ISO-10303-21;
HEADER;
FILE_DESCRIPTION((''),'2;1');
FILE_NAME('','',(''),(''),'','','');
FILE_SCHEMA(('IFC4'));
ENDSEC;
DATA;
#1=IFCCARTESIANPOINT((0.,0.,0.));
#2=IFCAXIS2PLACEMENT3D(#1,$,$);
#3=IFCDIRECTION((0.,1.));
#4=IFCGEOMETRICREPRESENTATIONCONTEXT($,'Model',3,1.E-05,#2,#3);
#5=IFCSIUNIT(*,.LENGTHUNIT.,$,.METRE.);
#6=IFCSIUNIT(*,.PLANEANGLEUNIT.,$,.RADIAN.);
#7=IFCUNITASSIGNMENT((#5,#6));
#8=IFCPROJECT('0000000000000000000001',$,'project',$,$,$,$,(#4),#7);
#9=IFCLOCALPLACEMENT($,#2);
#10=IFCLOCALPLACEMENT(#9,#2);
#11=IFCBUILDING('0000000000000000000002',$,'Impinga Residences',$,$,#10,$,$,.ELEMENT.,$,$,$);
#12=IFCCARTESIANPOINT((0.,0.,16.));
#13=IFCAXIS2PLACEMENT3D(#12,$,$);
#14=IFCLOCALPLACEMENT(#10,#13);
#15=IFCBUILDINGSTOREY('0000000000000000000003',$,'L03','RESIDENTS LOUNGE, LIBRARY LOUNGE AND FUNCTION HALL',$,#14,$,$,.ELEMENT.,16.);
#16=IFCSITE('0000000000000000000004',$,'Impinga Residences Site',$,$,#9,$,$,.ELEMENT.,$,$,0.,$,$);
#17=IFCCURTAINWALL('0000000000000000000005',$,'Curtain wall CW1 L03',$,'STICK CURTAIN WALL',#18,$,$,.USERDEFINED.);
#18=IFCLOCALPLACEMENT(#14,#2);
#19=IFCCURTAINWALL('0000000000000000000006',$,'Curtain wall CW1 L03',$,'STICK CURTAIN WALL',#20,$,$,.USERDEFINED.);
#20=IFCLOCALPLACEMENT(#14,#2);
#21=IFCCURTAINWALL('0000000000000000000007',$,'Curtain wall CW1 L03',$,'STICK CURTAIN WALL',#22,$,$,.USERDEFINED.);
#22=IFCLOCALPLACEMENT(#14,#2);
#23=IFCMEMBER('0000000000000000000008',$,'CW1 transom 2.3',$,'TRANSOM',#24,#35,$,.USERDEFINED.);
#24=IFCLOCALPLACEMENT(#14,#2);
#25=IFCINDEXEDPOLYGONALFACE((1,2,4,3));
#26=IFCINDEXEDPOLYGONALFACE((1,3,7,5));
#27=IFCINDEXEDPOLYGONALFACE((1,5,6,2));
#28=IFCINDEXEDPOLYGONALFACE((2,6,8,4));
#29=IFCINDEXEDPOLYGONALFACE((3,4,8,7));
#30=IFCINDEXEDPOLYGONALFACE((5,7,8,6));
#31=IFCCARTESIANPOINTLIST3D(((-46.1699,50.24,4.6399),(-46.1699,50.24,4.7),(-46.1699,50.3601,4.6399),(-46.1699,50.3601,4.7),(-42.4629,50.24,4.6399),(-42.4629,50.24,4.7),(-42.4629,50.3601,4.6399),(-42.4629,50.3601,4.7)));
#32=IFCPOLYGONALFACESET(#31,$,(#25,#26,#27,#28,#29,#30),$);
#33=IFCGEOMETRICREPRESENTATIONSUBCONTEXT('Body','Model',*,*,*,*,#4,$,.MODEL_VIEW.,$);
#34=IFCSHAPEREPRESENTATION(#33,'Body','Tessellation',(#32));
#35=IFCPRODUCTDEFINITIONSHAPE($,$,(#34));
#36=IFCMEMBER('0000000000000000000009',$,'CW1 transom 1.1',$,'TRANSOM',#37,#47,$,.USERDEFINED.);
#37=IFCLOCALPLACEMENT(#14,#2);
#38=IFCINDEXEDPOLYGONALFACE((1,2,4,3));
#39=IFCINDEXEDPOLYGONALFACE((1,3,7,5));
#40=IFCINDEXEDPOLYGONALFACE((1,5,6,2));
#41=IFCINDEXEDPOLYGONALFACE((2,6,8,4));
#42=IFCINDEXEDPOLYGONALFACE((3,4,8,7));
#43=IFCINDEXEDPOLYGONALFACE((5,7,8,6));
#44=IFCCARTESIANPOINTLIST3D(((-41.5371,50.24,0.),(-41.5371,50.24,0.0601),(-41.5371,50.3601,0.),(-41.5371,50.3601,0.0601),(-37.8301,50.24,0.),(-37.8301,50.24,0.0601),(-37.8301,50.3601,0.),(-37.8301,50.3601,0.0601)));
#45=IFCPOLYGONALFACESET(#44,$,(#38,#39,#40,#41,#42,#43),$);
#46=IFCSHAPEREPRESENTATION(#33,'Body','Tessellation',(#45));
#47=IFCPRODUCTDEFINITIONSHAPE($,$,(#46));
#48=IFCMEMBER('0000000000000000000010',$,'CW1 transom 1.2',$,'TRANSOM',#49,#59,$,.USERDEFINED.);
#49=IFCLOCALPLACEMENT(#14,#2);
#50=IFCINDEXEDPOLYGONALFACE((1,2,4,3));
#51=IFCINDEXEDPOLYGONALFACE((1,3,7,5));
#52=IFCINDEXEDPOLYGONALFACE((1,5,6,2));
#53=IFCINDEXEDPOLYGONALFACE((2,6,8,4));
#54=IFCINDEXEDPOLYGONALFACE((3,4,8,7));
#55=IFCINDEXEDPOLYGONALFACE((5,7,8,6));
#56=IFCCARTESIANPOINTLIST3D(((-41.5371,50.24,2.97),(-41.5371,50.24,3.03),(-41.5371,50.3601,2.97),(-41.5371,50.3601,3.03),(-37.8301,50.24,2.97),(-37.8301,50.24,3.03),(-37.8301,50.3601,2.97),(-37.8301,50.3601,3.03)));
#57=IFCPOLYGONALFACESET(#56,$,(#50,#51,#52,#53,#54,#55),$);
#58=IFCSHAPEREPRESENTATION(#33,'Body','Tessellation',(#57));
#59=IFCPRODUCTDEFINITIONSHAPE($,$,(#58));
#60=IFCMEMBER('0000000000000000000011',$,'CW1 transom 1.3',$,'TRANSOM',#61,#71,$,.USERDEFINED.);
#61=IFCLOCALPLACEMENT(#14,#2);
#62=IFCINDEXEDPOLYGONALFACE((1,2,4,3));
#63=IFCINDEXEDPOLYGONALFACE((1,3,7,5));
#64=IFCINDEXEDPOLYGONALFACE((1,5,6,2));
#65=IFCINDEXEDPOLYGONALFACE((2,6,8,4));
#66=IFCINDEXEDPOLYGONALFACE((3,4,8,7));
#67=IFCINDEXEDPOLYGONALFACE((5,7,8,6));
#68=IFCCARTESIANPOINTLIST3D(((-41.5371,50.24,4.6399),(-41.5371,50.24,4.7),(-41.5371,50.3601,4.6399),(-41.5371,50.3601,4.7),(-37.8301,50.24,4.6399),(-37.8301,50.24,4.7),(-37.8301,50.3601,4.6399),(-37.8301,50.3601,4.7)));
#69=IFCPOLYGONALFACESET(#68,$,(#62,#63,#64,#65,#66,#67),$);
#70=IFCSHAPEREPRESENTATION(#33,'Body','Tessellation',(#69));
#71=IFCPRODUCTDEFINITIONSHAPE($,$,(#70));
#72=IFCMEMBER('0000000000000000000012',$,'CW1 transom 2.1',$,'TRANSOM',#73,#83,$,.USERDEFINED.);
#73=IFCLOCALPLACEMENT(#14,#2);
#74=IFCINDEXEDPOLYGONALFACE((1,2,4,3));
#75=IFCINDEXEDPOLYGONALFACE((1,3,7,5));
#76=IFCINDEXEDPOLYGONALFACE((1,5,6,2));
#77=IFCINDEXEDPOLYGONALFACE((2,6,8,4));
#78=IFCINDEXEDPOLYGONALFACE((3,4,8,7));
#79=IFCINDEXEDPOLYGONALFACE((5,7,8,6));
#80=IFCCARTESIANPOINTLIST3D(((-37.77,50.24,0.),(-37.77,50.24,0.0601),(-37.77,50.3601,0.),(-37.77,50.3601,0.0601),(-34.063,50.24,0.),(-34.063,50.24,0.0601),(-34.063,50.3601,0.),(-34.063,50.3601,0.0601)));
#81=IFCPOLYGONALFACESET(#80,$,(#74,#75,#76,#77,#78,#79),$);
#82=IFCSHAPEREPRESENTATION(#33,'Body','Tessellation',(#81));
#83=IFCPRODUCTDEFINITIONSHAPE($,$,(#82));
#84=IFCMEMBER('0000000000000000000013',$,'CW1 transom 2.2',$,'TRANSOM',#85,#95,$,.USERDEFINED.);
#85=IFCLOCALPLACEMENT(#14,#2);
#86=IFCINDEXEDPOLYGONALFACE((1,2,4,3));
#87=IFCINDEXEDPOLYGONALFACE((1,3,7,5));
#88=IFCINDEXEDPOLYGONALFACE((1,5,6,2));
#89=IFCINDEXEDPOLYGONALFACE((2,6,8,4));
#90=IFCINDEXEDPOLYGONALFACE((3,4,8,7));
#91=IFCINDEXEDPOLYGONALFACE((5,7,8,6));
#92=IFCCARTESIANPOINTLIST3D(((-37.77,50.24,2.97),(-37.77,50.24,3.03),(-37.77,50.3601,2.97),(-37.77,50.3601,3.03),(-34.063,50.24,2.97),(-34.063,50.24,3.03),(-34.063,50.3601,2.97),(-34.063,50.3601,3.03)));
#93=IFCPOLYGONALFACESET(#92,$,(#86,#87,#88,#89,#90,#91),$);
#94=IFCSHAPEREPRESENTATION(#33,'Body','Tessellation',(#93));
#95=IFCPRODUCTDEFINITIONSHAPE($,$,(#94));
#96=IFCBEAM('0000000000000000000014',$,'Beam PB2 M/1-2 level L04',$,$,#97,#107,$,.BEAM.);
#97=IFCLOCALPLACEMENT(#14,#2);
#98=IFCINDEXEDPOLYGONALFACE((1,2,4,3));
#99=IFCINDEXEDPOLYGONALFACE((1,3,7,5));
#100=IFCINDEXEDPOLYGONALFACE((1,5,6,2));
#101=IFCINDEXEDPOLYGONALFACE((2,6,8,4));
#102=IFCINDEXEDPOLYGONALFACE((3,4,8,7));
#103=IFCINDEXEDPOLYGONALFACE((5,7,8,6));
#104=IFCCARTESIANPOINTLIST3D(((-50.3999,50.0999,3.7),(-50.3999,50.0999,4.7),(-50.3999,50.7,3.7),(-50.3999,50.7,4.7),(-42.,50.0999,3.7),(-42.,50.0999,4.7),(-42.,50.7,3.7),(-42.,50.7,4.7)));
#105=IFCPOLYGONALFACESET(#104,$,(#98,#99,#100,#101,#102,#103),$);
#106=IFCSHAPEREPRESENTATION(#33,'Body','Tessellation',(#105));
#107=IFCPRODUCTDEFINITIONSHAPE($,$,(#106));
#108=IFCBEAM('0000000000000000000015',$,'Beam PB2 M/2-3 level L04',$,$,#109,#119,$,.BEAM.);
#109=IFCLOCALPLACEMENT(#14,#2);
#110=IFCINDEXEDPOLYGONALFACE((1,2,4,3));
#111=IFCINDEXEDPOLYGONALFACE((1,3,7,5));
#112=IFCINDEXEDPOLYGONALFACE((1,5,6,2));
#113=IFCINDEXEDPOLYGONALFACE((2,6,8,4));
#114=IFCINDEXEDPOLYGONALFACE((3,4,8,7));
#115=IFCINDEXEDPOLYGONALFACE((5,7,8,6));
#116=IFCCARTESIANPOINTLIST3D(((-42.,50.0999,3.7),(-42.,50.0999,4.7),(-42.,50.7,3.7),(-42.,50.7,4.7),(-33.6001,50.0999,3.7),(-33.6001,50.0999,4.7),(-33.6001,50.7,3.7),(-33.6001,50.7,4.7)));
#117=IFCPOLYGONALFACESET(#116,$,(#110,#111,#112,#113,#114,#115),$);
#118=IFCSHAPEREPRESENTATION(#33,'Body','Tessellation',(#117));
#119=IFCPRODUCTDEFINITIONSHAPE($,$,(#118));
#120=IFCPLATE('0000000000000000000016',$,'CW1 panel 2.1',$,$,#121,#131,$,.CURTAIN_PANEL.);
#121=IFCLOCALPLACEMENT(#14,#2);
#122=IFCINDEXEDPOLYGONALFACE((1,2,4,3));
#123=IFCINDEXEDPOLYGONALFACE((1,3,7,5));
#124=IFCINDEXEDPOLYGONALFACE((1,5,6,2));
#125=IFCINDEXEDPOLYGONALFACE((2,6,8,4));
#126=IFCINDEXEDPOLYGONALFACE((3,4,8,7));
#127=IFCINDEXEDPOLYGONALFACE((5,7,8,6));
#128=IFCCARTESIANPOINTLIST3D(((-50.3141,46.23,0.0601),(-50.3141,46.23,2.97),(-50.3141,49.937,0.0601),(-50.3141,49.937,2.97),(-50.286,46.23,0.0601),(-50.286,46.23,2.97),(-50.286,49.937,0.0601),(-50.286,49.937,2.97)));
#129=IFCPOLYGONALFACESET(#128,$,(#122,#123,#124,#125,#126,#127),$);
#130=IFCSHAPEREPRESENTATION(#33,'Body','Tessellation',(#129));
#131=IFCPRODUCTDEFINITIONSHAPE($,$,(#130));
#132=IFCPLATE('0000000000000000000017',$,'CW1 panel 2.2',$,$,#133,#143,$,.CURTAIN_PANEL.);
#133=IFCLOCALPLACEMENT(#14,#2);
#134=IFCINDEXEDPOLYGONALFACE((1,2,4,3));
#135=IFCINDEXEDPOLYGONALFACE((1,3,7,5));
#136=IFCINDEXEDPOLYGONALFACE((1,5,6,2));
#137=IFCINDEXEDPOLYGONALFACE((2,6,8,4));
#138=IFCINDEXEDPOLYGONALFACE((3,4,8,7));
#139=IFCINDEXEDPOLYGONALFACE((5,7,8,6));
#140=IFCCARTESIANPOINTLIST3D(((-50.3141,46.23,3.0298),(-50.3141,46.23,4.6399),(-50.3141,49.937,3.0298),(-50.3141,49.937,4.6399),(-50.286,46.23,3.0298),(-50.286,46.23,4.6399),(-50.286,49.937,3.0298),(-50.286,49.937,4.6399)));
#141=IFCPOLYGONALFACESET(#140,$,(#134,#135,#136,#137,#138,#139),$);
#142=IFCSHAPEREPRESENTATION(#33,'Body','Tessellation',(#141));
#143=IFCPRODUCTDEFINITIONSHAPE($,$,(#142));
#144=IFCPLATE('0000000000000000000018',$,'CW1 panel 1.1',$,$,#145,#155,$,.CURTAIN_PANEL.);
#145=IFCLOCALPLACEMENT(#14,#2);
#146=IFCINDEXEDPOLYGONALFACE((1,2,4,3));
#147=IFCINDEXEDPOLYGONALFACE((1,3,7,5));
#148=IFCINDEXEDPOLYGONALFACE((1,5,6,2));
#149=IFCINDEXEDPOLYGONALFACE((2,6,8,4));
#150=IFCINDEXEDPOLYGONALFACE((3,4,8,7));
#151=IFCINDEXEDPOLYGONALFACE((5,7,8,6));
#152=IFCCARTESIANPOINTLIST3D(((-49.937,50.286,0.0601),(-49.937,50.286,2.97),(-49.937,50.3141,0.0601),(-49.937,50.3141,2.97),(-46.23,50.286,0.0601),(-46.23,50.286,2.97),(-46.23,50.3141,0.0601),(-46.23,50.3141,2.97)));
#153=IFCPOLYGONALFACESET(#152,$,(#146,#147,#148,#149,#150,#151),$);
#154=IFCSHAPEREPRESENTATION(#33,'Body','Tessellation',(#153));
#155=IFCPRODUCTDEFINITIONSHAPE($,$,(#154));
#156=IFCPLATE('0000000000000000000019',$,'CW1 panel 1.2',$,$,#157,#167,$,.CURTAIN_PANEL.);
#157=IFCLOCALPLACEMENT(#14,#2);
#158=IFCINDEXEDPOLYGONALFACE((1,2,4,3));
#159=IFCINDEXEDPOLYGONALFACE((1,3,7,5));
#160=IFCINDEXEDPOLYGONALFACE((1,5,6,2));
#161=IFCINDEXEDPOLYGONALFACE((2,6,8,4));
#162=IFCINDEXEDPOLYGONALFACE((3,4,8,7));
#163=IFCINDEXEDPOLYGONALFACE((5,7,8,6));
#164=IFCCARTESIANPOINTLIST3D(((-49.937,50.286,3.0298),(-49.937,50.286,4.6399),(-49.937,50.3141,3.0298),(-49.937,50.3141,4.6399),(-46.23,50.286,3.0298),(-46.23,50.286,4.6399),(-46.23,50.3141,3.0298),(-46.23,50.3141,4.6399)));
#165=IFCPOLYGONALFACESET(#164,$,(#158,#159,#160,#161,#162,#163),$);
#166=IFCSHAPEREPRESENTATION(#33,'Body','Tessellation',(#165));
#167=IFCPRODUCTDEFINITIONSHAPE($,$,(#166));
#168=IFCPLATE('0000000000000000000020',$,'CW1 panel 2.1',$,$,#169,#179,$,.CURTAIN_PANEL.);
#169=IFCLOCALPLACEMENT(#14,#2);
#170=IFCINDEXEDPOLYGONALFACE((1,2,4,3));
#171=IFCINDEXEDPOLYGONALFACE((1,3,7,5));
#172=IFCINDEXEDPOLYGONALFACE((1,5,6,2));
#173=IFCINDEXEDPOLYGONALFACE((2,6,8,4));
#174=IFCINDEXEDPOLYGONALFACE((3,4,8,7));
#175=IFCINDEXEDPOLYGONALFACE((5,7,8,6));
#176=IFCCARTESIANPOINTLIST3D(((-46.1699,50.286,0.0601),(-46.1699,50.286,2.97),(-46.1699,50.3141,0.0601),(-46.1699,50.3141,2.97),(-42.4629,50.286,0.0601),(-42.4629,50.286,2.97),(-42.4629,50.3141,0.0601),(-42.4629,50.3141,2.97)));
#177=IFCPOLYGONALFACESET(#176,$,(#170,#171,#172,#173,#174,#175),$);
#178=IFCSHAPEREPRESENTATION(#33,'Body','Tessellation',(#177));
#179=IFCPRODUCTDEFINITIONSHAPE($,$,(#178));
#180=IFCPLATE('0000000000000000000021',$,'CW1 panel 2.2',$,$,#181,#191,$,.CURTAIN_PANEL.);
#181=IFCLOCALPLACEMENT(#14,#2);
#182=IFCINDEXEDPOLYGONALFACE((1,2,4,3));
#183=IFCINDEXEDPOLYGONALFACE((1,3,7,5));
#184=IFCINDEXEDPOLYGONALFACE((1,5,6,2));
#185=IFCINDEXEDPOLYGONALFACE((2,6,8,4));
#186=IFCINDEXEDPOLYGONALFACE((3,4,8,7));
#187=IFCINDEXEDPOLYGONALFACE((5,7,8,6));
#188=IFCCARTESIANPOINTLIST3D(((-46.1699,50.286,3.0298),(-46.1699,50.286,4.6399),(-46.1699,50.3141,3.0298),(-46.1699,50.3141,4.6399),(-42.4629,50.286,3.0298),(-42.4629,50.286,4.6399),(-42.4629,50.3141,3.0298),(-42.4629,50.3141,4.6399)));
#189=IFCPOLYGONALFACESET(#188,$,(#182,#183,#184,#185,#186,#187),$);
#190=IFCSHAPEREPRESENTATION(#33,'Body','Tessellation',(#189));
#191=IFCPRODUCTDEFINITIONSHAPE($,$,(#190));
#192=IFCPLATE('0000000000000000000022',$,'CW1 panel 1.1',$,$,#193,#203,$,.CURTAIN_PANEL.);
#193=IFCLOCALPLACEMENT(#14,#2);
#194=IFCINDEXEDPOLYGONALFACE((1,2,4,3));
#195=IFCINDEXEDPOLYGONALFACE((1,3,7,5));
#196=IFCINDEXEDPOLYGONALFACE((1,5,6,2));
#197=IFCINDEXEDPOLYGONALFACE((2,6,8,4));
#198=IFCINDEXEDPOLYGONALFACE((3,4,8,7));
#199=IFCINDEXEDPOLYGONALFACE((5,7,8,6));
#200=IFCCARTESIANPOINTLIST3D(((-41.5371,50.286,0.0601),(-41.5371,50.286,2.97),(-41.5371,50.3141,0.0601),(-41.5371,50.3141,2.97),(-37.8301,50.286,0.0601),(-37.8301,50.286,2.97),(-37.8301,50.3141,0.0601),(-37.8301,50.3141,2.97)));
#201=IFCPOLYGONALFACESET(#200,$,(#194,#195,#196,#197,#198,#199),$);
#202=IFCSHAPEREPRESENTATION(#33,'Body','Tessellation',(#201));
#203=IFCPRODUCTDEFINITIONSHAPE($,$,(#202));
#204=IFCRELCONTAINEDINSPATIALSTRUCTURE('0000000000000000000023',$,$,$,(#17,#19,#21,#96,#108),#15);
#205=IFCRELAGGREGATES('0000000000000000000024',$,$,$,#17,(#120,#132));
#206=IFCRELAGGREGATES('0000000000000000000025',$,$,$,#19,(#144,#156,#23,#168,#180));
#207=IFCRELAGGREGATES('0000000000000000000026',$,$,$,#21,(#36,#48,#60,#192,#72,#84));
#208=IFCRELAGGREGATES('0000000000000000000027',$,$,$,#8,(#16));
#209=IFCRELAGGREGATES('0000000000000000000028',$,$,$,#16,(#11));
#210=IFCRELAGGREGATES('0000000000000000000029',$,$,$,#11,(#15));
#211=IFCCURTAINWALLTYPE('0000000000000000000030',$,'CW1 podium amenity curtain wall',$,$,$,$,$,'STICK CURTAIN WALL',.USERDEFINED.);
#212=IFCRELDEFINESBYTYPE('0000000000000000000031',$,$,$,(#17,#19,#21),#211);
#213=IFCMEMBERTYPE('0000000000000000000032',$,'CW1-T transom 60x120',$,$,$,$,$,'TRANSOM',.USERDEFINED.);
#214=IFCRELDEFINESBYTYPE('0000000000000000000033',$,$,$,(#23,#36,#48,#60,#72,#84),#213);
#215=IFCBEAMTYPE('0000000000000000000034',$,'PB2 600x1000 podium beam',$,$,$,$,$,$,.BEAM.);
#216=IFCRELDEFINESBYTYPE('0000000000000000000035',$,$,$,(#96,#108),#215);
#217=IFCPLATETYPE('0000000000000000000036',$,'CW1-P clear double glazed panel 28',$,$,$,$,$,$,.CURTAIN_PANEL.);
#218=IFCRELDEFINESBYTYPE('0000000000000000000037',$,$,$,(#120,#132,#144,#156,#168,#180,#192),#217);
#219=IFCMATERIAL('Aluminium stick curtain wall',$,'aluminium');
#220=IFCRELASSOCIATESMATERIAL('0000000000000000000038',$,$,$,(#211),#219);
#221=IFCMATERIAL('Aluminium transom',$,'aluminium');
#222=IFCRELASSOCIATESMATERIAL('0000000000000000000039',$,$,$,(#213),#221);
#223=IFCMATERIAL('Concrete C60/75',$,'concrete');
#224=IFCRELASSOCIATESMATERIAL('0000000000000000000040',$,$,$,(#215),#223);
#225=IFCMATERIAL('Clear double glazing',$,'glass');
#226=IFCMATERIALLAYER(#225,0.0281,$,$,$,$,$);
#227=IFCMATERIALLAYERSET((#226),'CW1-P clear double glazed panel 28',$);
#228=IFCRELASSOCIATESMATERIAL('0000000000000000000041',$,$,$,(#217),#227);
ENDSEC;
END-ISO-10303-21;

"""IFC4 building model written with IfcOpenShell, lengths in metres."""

from ifc_helpers import new_model, si_unit, direction, frame, origin, origin_2d, place, context, subcontext, project, spatial, rectangle, extrude, material, layer, layer_set, material_profile, profile_set, type_object, element, aggregate, save


model = new_model("IFC4")

# Units and contexts
model_context = context("Model", 3, precision=1e-05, world=origin(), true_north=direction((0.0, 1.0)))
body_context = subcontext(model_context, "Body", "Model", "MODEL_VIEW")
ifc_project = project(units=[si_unit("LENGTHUNIT", "METRE"), si_unit("PLANEANGLEUNIT", "RADIAN")], contexts=[model_context])

# Site, building, storey
site_placement = place(None, origin())
site = spatial("IfcSite", under=ifc_project, at=site_placement, Name="Impinga Residences Site", CompositionType="ELEMENT", RefElevation=0.0)
building_placement = place(site_placement, origin())
building = spatial("IfcBuilding", under=site, at=building_placement, Name="Impinga Residences", CompositionType="ELEMENT")
storey_placement = place(building_placement, frame((0.0, 0.0, 16.0)))
storey = spatial("IfcBuildingStorey", under=building, at=storey_placement, Name="L03", Description="RESIDENTS LOUNGE, LIBRARY LOUNGE AND FUNCTION HALL", CompositionType="ELEMENT", Elevation=16.0)

# Curtain wall
ifc_material_1 = material(Name="Aluminium stick curtain wall", Category="aluminium")
curtain_wall_type = type_object("IfcCurtainWallType", Name="CW1 podium amenity curtain wall", ElementType="STICK CURTAIN WALL", PredefinedType="USERDEFINED", material=ifc_material_1)
curtain_wall_1_placement = place(storey_placement, origin())
curtain_wall_1 = element("IfcCurtainWall", 1, at=curtain_wall_1_placement, inside=storey, type_object=curtain_wall_type, Name="Curtain wall CW1 L03", ObjectType="STICK CURTAIN WALL", PredefinedType="USERDEFINED")

# Curtain walls
curtain_wall_2_placement = place(storey_placement, origin())
curtain_wall_2 = element("IfcCurtainWall", 2, at=curtain_wall_2_placement, inside=storey, type_object=curtain_wall_type, Name="Curtain wall CW1 L03", ObjectType="STICK CURTAIN WALL", PredefinedType="USERDEFINED")
curtain_wall_3_placement = place(storey_placement, origin())
curtain_wall_3 = element("IfcCurtainWall", 3, at=curtain_wall_3_placement, inside=storey, type_object=curtain_wall_type, Name="Curtain wall CW1 L03", ObjectType="STICK CURTAIN WALL", PredefinedType="USERDEFINED")

# Members
ifc_material_2 = material(Name="Aluminium transom", Category="aluminium")
ifc_material_profile_1 = material_profile(ifc_material_2, rectangle(XDim=0.0601, YDim=0.1201, at=origin_2d()), Name="60x120 transom")
ifc_profile_set_1 = profile_set([ifc_material_profile_1], Name="Aluminium transom")
member_type_1 = type_object("IfcMemberType", Name="CW1-T transom 60x120", ElementType="TRANSOM", PredefinedType="USERDEFINED", material=ifc_profile_set_1)
member_1_placement = place(storey_placement, frame((-46.1699, 50.3, 4.6699), z_axis=(1.0, 0.0, 0.0), x_axis=(0.0, 0.0, 1.0)))
member_1 = element("IfcMember", 4, at=member_1_placement, type_object=member_type_1, Name="CW1 transom 2.3", ObjectType="TRANSOM", PredefinedType="USERDEFINED", context=body_context, shape_type="SweptSolid", body=[
    extrude(rectangle(XDim=0.0601, YDim=0.1201, at=origin_2d()), origin(), (0.0, 0.0, 1.0), 3.707),
])
member_2_placement = place(storey_placement, frame((-41.5371, 50.3, 0.03), z_axis=(1.0, 0.0, 0.0), x_axis=(0.0, 0.0, 1.0)))
member_2 = element("IfcMember", 5, at=member_2_placement, type_object=member_type_1, Name="CW1 transom 1.1", ObjectType="TRANSOM", PredefinedType="USERDEFINED", context=body_context, shape_type="SweptSolid", body=[
    extrude(rectangle(XDim=0.0601, YDim=0.1201, at=origin_2d()), origin(), (0.0, 0.0, 1.0), 3.707),
])
member_3_placement = place(storey_placement, frame((-41.5371, 50.3, 3.0), z_axis=(1.0, 0.0, 0.0), x_axis=(0.0, 0.0, 1.0)))
member_3 = element("IfcMember", 6, at=member_3_placement, type_object=member_type_1, Name="CW1 transom 1.2", ObjectType="TRANSOM", PredefinedType="USERDEFINED", context=body_context, shape_type="SweptSolid", body=[
    extrude(rectangle(XDim=0.0601, YDim=0.1201, at=origin_2d()), origin(), (0.0, 0.0, 1.0), 3.707),
])
member_4_placement = place(storey_placement, frame((-41.5371, 50.3, 4.6699), z_axis=(1.0, 0.0, 0.0), x_axis=(0.0, 0.0, 1.0)))
member_4 = element("IfcMember", 7, at=member_4_placement, type_object=member_type_1, Name="CW1 transom 1.3", ObjectType="TRANSOM", PredefinedType="USERDEFINED", context=body_context, shape_type="SweptSolid", body=[
    extrude(rectangle(XDim=0.0601, YDim=0.1201, at=origin_2d()), origin(), (0.0, 0.0, 1.0), 3.707),
])
member_5_placement = place(storey_placement, frame((-37.77, 50.3, 0.03), z_axis=(1.0, 0.0, 0.0), x_axis=(0.0, 0.0, 1.0)))
member_5 = element("IfcMember", 8, at=member_5_placement, type_object=member_type_1, Name="CW1 transom 2.1", ObjectType="TRANSOM", PredefinedType="USERDEFINED", context=body_context, shape_type="SweptSolid", body=[
    extrude(rectangle(XDim=0.0601, YDim=0.1201, at=origin_2d()), origin(), (0.0, 0.0, 1.0), 3.707),
])
member_6_placement = place(storey_placement, frame((-37.77, 50.3, 3.0), z_axis=(1.0, 0.0, 0.0), x_axis=(0.0, 0.0, 1.0)))
member_6 = element("IfcMember", 9, at=member_6_placement, type_object=member_type_1, Name="CW1 transom 2.2", ObjectType="TRANSOM", PredefinedType="USERDEFINED", context=body_context, shape_type="SweptSolid", body=[
    extrude(rectangle(XDim=0.0601, YDim=0.1201, at=origin_2d()), origin(), (0.0, 0.0, 1.0), 3.707),
])

# Beams
ifc_material_3 = material(Name="Concrete C60/75", Category="concrete")
ifc_material_profile_2 = material_profile(ifc_material_3, rectangle(XDim=0.6001, YDim=1.0, at=origin_2d()), Name="RC 600x1000")
ifc_profile_set_2 = profile_set([ifc_material_profile_2], Name="Concrete C60/75")
beam_type = type_object("IfcBeamType", Name="PB2 600x1000 podium beam", PredefinedType="BEAM", material=ifc_profile_set_2)
for number, where, z_axis, x_axis, name in (
    (10, (-50.3999, 50.3999, 4.2), (1.0, 0.0, 0.0), (0.0, 1.0, 0.0), "Beam PB2 M/1-2 level L04"),
    (11, (-42.0, 50.3999, 4.2), (1.0, 0.0, 0.0), (0.0, 1.0, 0.0), "Beam PB2 M/2-3 level L04"),
):
    element("IfcBeam", number, at=place(storey_placement, frame(where, z_axis=z_axis, x_axis=x_axis)), inside=storey, type_object=beam_type, Name=name, PredefinedType="BEAM", context=body_context, shape_type="SweptSolid", body=[
        extrude(rectangle(XDim=0.6001, YDim=1.0, at=origin_2d()), origin(), (0.0, 0.0, 1.0), 8.3999),
    ])

# Plates
ifc_material_4 = material(Name="Clear double glazing", Category="glass")
ifc_layer = layer(ifc_material_4, 0.0281)
ifc_layer_set = layer_set([ifc_layer], Name="CW1-P clear double glazed panel 28")
plate_type = type_object("IfcPlateType", Name="CW1-P clear double glazed panel 28", PredefinedType="CURTAIN_PANEL", material=ifc_layer_set)
plate_1_placement = place(storey_placement, frame((-50.3, 48.0835, 0.0601), z_axis=(0.0, 0.0, 1.0), x_axis=(0.0, 1.0, 0.0)))
plate_1 = element("IfcPlate", 12, at=plate_1_placement, type_object=plate_type, Name="CW1 panel 2.1", PredefinedType="CURTAIN_PANEL", context=body_context, shape_type="SweptSolid", body=[
    extrude(rectangle(XDim=3.707, YDim=0.0281, at=origin_2d()), origin(), (0.0, 0.0, 1.0), 2.9099),
])
plate_2_placement = place(storey_placement, frame((-50.3, 48.0835, 3.0298), z_axis=(0.0, 0.0, 1.0), x_axis=(0.0, 1.0, 0.0)))
plate_2 = element("IfcPlate", 13, at=plate_2_placement, type_object=plate_type, Name="CW1 panel 2.2", PredefinedType="CURTAIN_PANEL", context=body_context, shape_type="SweptSolid", body=[
    extrude(rectangle(XDim=3.707, YDim=0.0281, at=origin_2d()), origin(), (0.0, 0.0, 1.0), 1.6101),
])
aggregate(curtain_wall_1, [plate_1, plate_2])
plate_3_placement = place(storey_placement, frame((-48.0835, 50.3, 0.0601), z_axis=(0.0, 0.0, 1.0), x_axis=(1.0, 0.0, 0.0)))
plate_3 = element("IfcPlate", 14, at=plate_3_placement, type_object=plate_type, Name="CW1 panel 1.1", PredefinedType="CURTAIN_PANEL", context=body_context, shape_type="SweptSolid", body=[
    extrude(rectangle(XDim=3.707, YDim=0.0281, at=origin_2d()), origin(), (0.0, 0.0, 1.0), 2.9099),
])
plate_4_placement = place(storey_placement, frame((-48.0835, 50.3, 3.0298), z_axis=(0.0, 0.0, 1.0), x_axis=(1.0, 0.0, 0.0)))
plate_4 = element("IfcPlate", 15, at=plate_4_placement, type_object=plate_type, Name="CW1 panel 1.2", PredefinedType="CURTAIN_PANEL", context=body_context, shape_type="SweptSolid", body=[
    extrude(rectangle(XDim=3.707, YDim=0.0281, at=origin_2d()), origin(), (0.0, 0.0, 1.0), 1.6101),
])
plate_5_placement = place(storey_placement, frame((-44.3164, 50.3, 0.0601), z_axis=(0.0, 0.0, 1.0), x_axis=(1.0, 0.0, 0.0)))
plate_5 = element("IfcPlate", 16, at=plate_5_placement, type_object=plate_type, Name="CW1 panel 2.1", PredefinedType="CURTAIN_PANEL", context=body_context, shape_type="SweptSolid", body=[
    extrude(rectangle(XDim=3.707, YDim=0.0281, at=origin_2d()), origin(), (0.0, 0.0, 1.0), 2.9099),
])
plate_6_placement = place(storey_placement, frame((-44.3164, 50.3, 3.0298), z_axis=(0.0, 0.0, 1.0), x_axis=(1.0, 0.0, 0.0)))
plate_6 = element("IfcPlate", 17, at=plate_6_placement, type_object=plate_type, Name="CW1 panel 2.2", PredefinedType="CURTAIN_PANEL", context=body_context, shape_type="SweptSolid", body=[
    extrude(rectangle(XDim=3.707, YDim=0.0281, at=origin_2d()), origin(), (0.0, 0.0, 1.0), 1.6101),
])
aggregate(curtain_wall_2, [plate_3, plate_4, member_1, plate_5, plate_6])
plate_7_placement = place(storey_placement, frame((-39.6836, 50.3, 0.0601), z_axis=(0.0, 0.0, 1.0), x_axis=(1.0, 0.0, 0.0)))
plate_7 = element("IfcPlate", 18, at=plate_7_placement, type_object=plate_type, Name="CW1 panel 1.1", PredefinedType="CURTAIN_PANEL", context=body_context, shape_type="SweptSolid", body=[
    extrude(rectangle(XDim=3.707, YDim=0.0281, at=origin_2d()), origin(), (0.0, 0.0, 1.0), 2.9099),
])
aggregate(curtain_wall_3, [member_2, member_3, member_4, plate_7, member_5, member_6])

save(model, "model.ifc")
